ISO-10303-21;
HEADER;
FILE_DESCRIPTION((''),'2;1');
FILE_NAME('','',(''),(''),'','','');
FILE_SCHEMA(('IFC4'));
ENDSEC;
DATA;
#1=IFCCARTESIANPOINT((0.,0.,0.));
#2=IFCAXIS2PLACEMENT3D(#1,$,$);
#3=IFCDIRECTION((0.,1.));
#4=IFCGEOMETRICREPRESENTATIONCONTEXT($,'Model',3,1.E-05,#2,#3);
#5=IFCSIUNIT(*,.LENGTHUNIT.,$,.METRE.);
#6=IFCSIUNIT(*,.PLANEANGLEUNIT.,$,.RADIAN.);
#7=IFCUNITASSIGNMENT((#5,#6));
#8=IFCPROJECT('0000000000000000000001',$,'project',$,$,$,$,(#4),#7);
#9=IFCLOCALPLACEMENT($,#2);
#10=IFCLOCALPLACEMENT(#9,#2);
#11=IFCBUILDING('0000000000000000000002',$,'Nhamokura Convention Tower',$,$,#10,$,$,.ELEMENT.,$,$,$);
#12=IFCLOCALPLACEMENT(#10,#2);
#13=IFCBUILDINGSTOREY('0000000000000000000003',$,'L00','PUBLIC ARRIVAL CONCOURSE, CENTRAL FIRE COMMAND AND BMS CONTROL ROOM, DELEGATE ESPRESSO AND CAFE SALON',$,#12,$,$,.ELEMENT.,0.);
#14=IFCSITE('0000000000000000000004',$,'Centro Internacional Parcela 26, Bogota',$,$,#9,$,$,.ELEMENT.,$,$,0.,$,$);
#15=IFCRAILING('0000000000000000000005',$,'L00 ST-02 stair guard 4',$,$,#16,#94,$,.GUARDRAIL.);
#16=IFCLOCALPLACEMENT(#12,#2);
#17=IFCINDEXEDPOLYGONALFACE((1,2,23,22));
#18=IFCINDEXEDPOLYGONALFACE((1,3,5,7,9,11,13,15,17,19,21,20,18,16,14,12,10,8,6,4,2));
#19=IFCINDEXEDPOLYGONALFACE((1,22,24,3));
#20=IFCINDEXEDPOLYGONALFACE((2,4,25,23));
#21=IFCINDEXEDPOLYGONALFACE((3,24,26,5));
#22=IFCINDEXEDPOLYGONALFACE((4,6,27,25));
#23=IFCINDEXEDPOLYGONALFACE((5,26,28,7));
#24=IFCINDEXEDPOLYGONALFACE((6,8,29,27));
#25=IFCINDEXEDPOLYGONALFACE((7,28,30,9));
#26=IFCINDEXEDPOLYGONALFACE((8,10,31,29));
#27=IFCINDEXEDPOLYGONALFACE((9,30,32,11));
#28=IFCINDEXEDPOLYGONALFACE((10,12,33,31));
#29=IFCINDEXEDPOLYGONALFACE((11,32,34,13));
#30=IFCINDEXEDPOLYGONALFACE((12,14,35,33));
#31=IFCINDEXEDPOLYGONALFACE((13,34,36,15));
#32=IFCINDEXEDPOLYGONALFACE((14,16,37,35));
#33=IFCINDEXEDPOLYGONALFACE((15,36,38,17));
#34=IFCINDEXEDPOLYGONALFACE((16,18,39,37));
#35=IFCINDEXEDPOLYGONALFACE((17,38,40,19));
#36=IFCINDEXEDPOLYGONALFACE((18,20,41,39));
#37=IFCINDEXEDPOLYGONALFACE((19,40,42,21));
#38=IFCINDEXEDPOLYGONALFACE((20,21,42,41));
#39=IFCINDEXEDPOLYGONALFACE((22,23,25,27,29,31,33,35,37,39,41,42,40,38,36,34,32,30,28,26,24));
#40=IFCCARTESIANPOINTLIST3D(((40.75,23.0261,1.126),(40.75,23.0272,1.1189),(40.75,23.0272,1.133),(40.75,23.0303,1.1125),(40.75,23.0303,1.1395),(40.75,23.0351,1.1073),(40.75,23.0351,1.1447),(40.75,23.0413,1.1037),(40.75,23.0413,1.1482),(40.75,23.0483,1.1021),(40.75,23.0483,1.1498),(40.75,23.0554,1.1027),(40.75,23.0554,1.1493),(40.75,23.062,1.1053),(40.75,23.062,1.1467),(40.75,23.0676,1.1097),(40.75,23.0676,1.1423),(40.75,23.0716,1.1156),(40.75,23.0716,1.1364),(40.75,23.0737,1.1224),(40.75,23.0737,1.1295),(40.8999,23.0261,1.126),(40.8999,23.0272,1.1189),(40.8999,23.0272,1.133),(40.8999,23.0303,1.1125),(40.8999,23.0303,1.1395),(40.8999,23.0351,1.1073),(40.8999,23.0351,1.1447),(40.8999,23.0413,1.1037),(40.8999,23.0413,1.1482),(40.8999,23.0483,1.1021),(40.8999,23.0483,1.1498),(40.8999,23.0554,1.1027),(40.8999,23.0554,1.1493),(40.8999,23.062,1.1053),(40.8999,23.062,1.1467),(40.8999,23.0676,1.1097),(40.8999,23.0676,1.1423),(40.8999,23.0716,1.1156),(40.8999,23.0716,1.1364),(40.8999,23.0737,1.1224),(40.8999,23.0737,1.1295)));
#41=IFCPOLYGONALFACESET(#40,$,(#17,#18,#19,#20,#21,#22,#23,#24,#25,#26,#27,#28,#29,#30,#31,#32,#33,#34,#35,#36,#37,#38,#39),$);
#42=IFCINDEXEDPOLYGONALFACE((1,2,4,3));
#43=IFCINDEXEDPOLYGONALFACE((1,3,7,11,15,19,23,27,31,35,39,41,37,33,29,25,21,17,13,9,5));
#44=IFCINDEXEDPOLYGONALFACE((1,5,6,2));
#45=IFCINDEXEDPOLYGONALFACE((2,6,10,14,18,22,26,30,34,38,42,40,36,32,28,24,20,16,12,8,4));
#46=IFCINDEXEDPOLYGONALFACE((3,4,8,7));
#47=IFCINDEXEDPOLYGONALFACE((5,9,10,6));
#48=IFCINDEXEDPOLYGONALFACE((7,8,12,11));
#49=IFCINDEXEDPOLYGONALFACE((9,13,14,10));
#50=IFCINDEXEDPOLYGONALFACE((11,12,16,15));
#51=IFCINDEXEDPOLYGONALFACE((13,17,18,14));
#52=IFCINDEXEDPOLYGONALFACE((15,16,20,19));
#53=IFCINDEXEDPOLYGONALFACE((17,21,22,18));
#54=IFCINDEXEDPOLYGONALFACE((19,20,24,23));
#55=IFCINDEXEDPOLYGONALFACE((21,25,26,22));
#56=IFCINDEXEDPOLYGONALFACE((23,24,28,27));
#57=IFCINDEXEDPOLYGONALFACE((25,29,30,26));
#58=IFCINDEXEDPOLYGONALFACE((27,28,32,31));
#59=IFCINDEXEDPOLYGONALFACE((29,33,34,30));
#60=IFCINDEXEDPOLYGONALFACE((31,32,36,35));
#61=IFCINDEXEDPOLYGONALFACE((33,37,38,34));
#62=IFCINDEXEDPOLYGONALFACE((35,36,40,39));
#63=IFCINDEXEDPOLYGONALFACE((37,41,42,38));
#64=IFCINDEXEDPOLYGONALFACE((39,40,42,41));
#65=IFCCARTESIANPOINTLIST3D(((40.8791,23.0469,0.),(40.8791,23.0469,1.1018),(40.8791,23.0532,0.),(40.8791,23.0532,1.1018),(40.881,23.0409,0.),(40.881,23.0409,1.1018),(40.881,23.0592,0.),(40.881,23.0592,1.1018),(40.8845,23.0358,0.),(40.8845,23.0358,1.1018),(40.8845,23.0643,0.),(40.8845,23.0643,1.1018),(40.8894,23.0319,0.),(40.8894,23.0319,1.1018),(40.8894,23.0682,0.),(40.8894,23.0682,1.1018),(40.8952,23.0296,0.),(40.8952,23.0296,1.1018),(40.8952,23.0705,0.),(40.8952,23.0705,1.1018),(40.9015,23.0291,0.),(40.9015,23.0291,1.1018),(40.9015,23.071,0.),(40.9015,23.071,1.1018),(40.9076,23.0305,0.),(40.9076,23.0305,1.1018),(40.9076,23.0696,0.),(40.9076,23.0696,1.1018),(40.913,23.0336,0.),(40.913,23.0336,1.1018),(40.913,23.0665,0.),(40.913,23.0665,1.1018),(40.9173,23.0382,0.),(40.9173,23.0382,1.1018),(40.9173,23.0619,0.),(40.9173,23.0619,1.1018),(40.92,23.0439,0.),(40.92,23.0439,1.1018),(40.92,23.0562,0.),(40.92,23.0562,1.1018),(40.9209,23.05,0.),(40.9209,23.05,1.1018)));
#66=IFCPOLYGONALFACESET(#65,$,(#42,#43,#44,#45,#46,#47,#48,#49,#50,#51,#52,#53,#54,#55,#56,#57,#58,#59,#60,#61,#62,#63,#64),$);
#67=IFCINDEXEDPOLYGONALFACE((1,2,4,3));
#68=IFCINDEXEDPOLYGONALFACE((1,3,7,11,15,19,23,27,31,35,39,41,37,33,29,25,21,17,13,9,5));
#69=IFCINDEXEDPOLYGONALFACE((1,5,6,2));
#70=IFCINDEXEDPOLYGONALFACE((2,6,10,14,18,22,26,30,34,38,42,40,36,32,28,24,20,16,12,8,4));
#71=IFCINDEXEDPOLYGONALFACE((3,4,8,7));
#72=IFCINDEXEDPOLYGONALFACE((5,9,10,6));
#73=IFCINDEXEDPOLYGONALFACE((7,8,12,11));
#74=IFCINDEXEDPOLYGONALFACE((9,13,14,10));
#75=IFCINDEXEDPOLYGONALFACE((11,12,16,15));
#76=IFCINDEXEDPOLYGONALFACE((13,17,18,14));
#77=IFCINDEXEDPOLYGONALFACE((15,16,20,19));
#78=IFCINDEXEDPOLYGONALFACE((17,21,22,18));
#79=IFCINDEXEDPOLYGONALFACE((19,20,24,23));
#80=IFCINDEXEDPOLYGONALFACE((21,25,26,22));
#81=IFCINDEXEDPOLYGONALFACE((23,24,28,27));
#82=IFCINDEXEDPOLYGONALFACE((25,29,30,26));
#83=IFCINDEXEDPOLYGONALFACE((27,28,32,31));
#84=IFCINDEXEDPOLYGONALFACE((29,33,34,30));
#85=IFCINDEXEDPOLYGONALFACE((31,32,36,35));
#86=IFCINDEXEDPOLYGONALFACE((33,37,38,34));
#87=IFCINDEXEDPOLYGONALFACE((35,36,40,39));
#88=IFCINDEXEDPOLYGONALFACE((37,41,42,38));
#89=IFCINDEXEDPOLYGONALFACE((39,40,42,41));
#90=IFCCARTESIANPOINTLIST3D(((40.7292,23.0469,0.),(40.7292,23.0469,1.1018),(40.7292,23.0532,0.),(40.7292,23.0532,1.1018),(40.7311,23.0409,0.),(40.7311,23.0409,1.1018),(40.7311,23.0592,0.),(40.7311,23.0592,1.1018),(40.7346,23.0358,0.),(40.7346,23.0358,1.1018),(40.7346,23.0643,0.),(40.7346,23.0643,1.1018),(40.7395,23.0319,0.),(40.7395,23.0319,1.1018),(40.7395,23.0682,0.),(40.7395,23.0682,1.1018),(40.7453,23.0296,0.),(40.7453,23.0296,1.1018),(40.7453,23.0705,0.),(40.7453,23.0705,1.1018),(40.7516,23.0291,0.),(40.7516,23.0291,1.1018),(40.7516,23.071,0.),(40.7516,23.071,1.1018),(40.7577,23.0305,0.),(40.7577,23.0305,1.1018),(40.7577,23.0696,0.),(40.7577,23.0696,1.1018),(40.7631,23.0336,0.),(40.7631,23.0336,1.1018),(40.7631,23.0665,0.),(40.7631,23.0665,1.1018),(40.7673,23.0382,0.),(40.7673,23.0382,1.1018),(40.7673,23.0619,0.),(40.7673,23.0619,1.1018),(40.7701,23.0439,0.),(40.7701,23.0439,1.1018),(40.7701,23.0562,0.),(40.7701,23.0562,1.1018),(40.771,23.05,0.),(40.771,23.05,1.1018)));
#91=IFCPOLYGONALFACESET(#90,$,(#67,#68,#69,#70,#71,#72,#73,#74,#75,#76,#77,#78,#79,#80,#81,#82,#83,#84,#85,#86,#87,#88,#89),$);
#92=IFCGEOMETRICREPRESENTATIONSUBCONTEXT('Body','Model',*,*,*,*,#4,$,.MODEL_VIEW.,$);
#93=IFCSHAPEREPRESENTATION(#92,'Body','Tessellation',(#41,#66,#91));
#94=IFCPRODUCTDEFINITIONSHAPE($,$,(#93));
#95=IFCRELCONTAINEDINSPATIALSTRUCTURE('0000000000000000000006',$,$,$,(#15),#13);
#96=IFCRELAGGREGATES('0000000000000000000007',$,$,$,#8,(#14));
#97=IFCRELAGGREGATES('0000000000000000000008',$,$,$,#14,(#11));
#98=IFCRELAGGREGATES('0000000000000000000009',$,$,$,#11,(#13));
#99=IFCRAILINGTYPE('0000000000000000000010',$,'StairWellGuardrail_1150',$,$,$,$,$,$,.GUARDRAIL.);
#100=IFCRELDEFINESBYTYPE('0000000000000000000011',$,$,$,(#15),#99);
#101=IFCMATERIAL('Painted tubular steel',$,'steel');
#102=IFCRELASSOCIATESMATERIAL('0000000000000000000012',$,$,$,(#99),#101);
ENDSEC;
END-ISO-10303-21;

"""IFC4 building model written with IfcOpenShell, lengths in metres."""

from ifc_helpers import new_model, si_unit, direction, frame, origin, origin_2d, place, context, subcontext, project, spatial, circle, extrude, material, type_object, element, save


model = new_model("IFC4")

# Units and contexts
model_context = context("Model", 3, precision=1e-05, world=origin(), true_north=direction((0.0, 1.0)))
body_context = subcontext(model_context, "Body", "Model", "MODEL_VIEW")
ifc_project = project(units=[si_unit("LENGTHUNIT", "METRE"), si_unit("PLANEANGLEUNIT", "RADIAN")], contexts=[model_context])

# Site, building, storey
site_placement = place(None, origin())
site = spatial("IfcSite", under=ifc_project, at=site_placement, Name="Centro Internacional Parcela 26, Bogota", CompositionType="ELEMENT", RefElevation=0.0)
building_placement = place(site_placement, origin())
building = spatial("IfcBuilding", under=site, at=building_placement, Name="Nhamokura Convention Tower", CompositionType="ELEMENT")
storey_placement = place(building_placement, origin())
storey = spatial("IfcBuildingStorey", under=building, at=storey_placement, Name="L00", Description="PUBLIC ARRIVAL CONCOURSE, CENTRAL FIRE COMMAND AND BMS CONTROL ROOM, DELEGATE ESPRESSO AND CAFE SALON", CompositionType="ELEMENT", Elevation=0.0)

# Railing
ifc_material_1 = material(Name="Painted tubular steel", Category="steel")
railing_type_1 = type_object("IfcRailingType", Name="StairWellGuardrail_1150", PredefinedType="GUARDRAIL", material=ifc_material_1)
railing_1_placement = place(storey_placement, frame((40.8999, 23.05, 0.0)))
element("IfcRailing", 1, at=railing_1_placement, inside=storey, type_object=railing_type_1, Name="L00 ST-02 stair guard 4", PredefinedType="GUARDRAIL", context=body_context, shape_type="SweptSolid", body=[
    extrude(circle(Radius=0.0239, at=origin_2d()), frame((0.0, 0.0, 1.126), z_axis=(-1.0, 0.0, 0.0), x_axis=(0.0, -1.0, 0.0)), (0.0, 0.0, 1.0), 0.1499),
    extrude(circle(Radius=0.021, at=origin_2d()), origin(), (0.0, 0.0, 1.0), 1.1018),
    extrude(circle(Radius=0.021, at=origin_2d()), frame((-0.1499, 0.0, 0.0)), (0.0, 0.0, 1.0), 1.1018),
])

save(model, "model.ifc")
